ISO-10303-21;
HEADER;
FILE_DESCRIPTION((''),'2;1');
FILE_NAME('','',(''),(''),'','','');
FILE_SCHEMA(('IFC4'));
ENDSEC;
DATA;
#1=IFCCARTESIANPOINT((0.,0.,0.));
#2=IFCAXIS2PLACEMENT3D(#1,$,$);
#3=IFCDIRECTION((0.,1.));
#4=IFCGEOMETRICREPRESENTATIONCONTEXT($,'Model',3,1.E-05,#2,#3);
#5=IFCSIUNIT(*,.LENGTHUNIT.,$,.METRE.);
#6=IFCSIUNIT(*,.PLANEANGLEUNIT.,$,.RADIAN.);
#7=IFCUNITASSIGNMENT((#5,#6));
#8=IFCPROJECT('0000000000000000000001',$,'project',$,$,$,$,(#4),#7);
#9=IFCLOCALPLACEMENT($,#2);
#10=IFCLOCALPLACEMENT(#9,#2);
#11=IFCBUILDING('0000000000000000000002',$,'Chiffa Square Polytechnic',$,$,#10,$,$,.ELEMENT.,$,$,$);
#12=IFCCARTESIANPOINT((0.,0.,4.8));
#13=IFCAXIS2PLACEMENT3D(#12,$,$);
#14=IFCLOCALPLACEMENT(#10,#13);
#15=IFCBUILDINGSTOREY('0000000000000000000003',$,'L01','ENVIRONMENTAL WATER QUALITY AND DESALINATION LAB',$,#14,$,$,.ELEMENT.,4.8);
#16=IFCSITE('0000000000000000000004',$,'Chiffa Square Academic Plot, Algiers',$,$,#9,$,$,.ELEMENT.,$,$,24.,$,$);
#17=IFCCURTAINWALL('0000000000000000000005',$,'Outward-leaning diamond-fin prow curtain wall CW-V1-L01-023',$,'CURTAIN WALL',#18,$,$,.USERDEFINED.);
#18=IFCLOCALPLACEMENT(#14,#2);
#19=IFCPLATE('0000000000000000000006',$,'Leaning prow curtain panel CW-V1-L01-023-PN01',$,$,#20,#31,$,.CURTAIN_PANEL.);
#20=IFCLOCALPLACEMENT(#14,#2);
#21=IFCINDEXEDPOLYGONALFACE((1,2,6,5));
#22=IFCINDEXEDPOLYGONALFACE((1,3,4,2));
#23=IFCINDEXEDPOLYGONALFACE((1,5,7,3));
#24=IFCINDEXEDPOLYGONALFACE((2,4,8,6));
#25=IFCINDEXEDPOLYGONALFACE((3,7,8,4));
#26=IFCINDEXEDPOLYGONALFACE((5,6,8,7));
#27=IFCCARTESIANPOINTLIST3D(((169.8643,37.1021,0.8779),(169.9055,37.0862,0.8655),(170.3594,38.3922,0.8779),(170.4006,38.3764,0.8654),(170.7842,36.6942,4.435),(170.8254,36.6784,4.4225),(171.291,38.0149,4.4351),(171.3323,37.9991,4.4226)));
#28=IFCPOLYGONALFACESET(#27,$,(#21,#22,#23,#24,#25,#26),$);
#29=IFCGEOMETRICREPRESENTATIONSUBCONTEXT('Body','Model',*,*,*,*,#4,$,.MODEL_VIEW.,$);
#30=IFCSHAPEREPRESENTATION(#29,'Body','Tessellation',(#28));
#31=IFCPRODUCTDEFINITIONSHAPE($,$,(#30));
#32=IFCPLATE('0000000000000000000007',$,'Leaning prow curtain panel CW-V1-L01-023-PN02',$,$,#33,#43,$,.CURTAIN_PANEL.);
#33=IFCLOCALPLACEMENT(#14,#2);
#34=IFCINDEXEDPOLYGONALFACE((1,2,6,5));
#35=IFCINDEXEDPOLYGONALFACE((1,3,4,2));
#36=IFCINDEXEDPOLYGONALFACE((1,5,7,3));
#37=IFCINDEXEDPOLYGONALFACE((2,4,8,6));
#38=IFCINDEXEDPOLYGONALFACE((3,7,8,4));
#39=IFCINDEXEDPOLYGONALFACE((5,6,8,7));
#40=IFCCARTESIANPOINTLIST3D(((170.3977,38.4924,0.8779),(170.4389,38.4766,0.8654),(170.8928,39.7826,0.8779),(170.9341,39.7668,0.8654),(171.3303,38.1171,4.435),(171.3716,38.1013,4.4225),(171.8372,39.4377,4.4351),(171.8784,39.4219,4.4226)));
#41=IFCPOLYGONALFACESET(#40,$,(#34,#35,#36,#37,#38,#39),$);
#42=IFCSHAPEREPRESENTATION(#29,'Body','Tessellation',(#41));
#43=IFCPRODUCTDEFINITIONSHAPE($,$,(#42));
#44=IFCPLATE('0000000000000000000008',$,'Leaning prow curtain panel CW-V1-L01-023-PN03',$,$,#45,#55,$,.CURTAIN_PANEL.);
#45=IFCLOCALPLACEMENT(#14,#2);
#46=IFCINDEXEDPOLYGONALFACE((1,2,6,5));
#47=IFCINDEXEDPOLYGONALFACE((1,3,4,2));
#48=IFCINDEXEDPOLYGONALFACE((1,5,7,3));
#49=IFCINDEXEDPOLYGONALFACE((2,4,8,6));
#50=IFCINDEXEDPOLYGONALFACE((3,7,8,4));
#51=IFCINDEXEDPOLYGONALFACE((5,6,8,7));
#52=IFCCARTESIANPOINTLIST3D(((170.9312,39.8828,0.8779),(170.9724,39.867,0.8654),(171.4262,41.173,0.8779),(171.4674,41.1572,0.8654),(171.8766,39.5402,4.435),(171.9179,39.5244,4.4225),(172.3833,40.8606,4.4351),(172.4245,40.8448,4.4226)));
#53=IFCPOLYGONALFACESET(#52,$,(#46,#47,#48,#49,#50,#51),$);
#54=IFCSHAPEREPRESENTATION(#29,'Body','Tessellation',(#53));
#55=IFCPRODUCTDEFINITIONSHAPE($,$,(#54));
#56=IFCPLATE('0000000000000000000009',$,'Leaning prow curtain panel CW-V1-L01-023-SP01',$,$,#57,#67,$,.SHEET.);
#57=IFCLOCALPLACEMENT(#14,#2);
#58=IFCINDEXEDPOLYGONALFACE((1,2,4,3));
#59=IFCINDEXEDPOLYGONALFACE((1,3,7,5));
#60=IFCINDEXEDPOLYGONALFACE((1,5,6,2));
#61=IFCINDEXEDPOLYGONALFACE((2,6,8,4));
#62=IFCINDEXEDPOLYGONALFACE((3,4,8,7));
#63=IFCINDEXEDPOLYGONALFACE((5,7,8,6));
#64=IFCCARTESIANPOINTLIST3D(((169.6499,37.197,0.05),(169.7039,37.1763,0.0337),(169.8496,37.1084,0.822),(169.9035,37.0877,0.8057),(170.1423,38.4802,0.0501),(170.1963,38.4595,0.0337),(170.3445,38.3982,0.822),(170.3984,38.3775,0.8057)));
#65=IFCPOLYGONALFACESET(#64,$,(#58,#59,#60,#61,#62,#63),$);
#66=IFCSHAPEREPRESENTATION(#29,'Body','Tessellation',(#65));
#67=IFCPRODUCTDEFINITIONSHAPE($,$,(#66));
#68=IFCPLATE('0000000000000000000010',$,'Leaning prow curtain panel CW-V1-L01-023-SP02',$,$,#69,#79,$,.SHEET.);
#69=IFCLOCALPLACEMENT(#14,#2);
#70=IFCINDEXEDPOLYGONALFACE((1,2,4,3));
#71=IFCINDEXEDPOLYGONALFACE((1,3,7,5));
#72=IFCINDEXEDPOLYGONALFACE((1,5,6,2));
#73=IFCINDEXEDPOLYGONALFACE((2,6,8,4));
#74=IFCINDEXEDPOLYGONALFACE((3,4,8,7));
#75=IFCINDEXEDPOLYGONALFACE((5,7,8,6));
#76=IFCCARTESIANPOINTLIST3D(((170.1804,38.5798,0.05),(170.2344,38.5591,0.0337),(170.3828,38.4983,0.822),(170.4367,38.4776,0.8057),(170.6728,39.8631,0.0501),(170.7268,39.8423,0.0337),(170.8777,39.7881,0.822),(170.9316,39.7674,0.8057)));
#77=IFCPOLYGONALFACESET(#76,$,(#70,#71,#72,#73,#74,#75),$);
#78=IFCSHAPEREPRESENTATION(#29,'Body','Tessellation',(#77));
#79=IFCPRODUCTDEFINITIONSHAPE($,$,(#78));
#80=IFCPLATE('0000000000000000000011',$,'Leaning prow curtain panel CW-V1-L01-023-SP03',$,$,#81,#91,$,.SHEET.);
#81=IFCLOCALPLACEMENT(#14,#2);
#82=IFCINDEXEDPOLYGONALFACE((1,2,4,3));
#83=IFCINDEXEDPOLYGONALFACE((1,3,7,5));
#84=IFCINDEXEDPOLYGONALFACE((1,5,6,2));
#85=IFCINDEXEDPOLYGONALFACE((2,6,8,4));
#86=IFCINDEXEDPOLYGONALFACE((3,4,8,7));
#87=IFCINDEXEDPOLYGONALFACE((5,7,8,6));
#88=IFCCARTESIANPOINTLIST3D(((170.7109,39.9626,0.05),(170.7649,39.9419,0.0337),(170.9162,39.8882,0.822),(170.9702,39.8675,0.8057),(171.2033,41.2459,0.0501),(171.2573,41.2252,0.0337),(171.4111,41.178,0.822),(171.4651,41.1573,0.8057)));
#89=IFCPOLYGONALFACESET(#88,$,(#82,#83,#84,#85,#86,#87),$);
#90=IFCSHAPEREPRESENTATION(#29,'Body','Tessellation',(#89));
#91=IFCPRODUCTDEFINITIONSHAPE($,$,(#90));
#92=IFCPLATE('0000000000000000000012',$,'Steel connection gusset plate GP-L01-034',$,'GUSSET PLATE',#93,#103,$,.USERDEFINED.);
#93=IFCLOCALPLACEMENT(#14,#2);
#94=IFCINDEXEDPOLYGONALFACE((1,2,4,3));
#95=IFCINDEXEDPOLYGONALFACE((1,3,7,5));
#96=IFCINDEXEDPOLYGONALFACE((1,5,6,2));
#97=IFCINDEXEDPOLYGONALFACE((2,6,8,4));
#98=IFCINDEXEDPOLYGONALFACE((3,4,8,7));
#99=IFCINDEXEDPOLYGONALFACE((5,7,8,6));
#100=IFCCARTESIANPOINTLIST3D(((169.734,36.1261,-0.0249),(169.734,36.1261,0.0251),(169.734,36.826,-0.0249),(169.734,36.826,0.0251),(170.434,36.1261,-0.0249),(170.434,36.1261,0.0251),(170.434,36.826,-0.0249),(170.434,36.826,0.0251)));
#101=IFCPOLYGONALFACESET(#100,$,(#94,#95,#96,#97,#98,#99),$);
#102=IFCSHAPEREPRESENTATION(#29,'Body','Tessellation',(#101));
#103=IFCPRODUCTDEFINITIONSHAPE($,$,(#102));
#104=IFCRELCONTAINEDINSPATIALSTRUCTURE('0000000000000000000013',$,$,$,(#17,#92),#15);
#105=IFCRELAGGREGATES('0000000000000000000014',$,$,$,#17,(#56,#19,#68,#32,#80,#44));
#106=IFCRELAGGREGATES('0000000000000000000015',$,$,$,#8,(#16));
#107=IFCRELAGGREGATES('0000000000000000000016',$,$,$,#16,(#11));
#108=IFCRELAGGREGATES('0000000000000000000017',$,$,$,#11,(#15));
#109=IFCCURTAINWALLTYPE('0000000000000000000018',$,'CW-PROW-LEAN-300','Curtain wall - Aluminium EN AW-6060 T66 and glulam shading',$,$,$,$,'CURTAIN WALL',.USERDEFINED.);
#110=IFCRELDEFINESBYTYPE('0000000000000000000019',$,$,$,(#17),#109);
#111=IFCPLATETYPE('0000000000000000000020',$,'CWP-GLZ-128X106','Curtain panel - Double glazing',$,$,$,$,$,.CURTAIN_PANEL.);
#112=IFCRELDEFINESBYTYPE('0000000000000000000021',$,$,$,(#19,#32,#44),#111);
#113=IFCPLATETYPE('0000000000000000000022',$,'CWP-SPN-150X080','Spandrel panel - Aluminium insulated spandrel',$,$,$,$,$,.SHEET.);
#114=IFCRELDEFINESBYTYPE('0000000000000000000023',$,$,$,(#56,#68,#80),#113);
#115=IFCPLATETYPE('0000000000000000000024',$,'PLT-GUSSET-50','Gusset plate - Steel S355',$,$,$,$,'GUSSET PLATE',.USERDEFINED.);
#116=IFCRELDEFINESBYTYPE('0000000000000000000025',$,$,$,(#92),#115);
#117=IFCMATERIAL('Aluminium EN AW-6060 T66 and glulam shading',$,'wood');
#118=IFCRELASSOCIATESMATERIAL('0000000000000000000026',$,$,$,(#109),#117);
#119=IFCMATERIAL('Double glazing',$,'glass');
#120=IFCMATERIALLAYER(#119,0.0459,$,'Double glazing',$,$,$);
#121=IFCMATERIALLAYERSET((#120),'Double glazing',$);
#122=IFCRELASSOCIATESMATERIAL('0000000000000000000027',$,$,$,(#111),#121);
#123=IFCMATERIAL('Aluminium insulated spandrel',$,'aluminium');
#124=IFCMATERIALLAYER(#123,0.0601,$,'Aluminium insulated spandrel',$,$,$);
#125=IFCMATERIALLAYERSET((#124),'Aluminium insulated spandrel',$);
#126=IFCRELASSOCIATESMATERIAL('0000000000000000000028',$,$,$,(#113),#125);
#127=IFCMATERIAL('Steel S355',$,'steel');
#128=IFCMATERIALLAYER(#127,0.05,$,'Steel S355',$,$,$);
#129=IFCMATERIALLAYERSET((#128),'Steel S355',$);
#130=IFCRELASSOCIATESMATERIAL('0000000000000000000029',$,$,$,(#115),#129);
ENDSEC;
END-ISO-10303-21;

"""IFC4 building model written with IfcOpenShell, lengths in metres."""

from ifc_helpers import new_model, si_unit, direction, frame, origin, origin_2d, place, context, subcontext, project, spatial, polyline, rectangle, outline, extrude, material, layer, layer_set, type_object, element, aggregate, save


model = new_model("IFC4")

# Units and contexts
model_context = context("Model", 3, precision=1e-05, world=origin(), true_north=direction((0.0, 1.0)))
body_context = subcontext(model_context, "Body", "Model", "MODEL_VIEW")
ifc_project = project(units=[si_unit("LENGTHUNIT", "METRE"), si_unit("PLANEANGLEUNIT", "RADIAN")], contexts=[model_context])

# Site, building, storey
site_placement = place(None, origin())
site = spatial("IfcSite", under=ifc_project, at=site_placement, Name="Chiffa Square Academic Plot, Algiers", CompositionType="ELEMENT", RefElevation=24.0)
building_placement = place(site_placement, origin())
building = spatial("IfcBuilding", under=site, at=building_placement, Name="Chiffa Square Polytechnic", CompositionType="ELEMENT")
storey_placement = place(building_placement, frame((0.0, 0.0, 4.8)))
storey = spatial("IfcBuildingStorey", under=building, at=storey_placement, Name="L01", Description="ENVIRONMENTAL WATER QUALITY AND DESALINATION LAB", CompositionType="ELEMENT", Elevation=4.8)

# Shared definitions
ifc_material_1 = material(Name="Steel S355", Category="steel")

# Curtain wall
ifc_material_2 = material(Name="Aluminium EN AW-6060 T66 and glulam shading", Category="wood")
curtain_wall_type_1 = type_object("IfcCurtainWallType", Name="CW-PROW-LEAN-300", Description="Curtain wall - Aluminium EN AW-6060 T66 and glulam shading", ElementType="CURTAIN WALL", PredefinedType="USERDEFINED", material=ifc_material_2)
curtain_wall_1_placement = place(storey_placement, origin())
curtain_wall_1 = element("IfcCurtainWall", 1, at=curtain_wall_1_placement, inside=storey, type_object=curtain_wall_type_1, Name="Outward-leaning diamond-fin prow curtain wall CW-V1-L01-023", ObjectType="CURTAIN WALL", PredefinedType="USERDEFINED")

# Plates
ifc_material_3 = material(Name="Double glazing", Category="glass")
ifc_layer_1 = layer(ifc_material_3, 0.0459, Name="Double glazing")
ifc_layer_set_1 = layer_set([ifc_layer_1], Name="Double glazing")
plate_type_1 = type_object("IfcPlateType", Name="CWP-GLZ-128X106", Description="Curtain panel - Double glazing", PredefinedType="CURTAIN_PANEL", material=ifc_layer_set_1)
plate_1_placement = place(storey_placement, frame((169.8643, 37.1021, 0.8779), z_axis=(-0.898442, 0.344792, 0.271882), x_axis=(0.358275, 0.933616, -0.000052)))
plate_1 = element("IfcPlate", 2, at=plate_1_placement, type_object=plate_type_1, Name="Leaning prow curtain panel CW-V1-L01-023-PN01", PredefinedType="CURTAIN_PANEL", context=body_context, shape_type="SweptSolid", body=[
    extrude(outline(polyline([(0.0, 0.0), (1.3819, 0.0), (1.3632, -3.6964), (-0.0513, -3.6963), (0.0, 0.0)])), origin(), (0.0, 0.0, -1.0), 0.0459),
])
plate_2_placement = place(storey_placement, frame((170.3977, 38.4924, 0.8779), z_axis=(-0.898428, 0.344787, 0.271937), x_axis=(0.358275, 0.933616, -0.000052)))
plate_2 = element("IfcPlate", 3, at=plate_2_placement, type_object=plate_type_1, Name="Leaning prow curtain panel CW-V1-L01-023-PN02", PredefinedType="CURTAIN_PANEL", context=body_context, shape_type="SweptSolid", body=[
    extrude(outline(polyline([(0.0, 0.0), (1.3819, 0.0), (1.3981, -3.6965), (-0.0165, -3.6964), (0.0, 0.0)])), origin(), (0.0, 0.0, -1.0), 0.0459),
])
plate_3_placement = place(storey_placement, frame((170.9312, 39.8828, 0.8779), z_axis=(-0.898426, 0.344734, 0.272009), x_axis=(0.358231, 0.933633, -0.000039)))
plate_3 = element("IfcPlate", 4, at=plate_3_placement, type_object=plate_type_1, Name="Leaning prow curtain panel CW-V1-L01-023-PN03", PredefinedType="CURTAIN_PANEL", context=body_context, shape_type="SweptSolid", body=[
    extrude(outline(polyline([(0.0, 0.0), (1.3819, 0.0), (1.433, -3.6966), (0.0187, -3.6965), (0.0, 0.0)])), origin(), (0.0, 0.0, -1.0), 0.0459),
])
ifc_material_4 = material(Name="Aluminium insulated spandrel", Category="aluminium")
ifc_layer_2 = layer(ifc_material_4, 0.0601, Name="Aluminium insulated spandrel")
ifc_layer_set_2 = layer_set([ifc_layer_2], Name="Aluminium insulated spandrel")
plate_type_2 = type_object("IfcPlateType", Name="CWP-SPN-150X080", Description="Spandrel panel - Aluminium insulated spandrel", PredefinedType="SHEET", material=ifc_layer_set_2)
plate_4_placement = place(storey_placement, frame((169.6499, 37.197, 0.05), z_axis=(-0.898439, 0.344747, 0.27195), x_axis=(0.358251, 0.933625, 0.000008)))
plate_4 = element("IfcPlate", 5, at=plate_4_placement, type_object=plate_type_2, Name="Leaning prow curtain panel CW-V1-L01-023-SP01", PredefinedType="SHEET", context=body_context, shape_type="SweptSolid", body=[
    extrude(outline(polyline([(0.0, 0.0), (1.3744, 0.0), (1.3703, -0.8022), (-0.0112, -0.8022), (0.0, 0.0)])), origin(), (0.0, 0.0, -1.0), 0.0601),
])
plate_5_placement = place(storey_placement, frame((170.1804, 38.5798, 0.05), z_axis=(-0.898448, 0.34475, 0.271916), x_axis=(0.358251, 0.933625, 0.000008)))
plate_5 = element("IfcPlate", 6, at=plate_5_placement, type_object=plate_type_2, Name="Leaning prow curtain panel CW-V1-L01-023-SP02", PredefinedType="SHEET", context=body_context, shape_type="SweptSolid", body=[
    extrude(outline(polyline([(0.0, 0.0), (1.3744, 0.0), (1.3779, -0.8022), (-0.0036, -0.8022), (0.0, 0.0)])), origin(), (0.0, 0.0, -1.0), 0.0601),
])
plate_6_placement = place(storey_placement, frame((170.7109, 39.9626, 0.05), z_axis=(-0.898387, 0.344727, 0.272145), x_axis=(0.358251, 0.933625, 0.000008)))
plate_6 = element("IfcPlate", 7, at=plate_6_placement, type_object=plate_type_2, Name="Leaning prow curtain panel CW-V1-L01-023-SP03", PredefinedType="SHEET", context=body_context, shape_type="SweptSolid", body=[
    extrude(outline(polyline([(0.0, 0.0), (1.3744, 0.0), (1.3855, -0.8022), (0.004, -0.8023), (0.0, 0.0)])), origin(), (0.0, 0.0, -1.0), 0.0601),
])
aggregate(curtain_wall_1, [plate_4, plate_1, plate_5, plate_2, plate_6, plate_3])
ifc_layer_3 = layer(ifc_material_1, 0.05, Name="Steel S355")
ifc_layer_set_3 = layer_set([ifc_layer_3], Name="Steel S355")
plate_type_3 = type_object("IfcPlateType", Name="PLT-GUSSET-50", Description="Gusset plate - Steel S355", ElementType="GUSSET PLATE", PredefinedType="USERDEFINED", material=ifc_layer_set_3)
plate_7_placement = place(storey_placement, frame((170.084, 36.4761, -0.0249), z_axis=(0.0, 0.0, 1.0), x_axis=(1.0, 0.0, 0.0)))
element("IfcPlate", 8, at=plate_7_placement, inside=storey, type_object=plate_type_3, Name="Steel connection gusset plate GP-L01-034", ObjectType="GUSSET PLATE", PredefinedType="USERDEFINED", context=body_context, shape_type="SweptSolid", body=[
    extrude(rectangle(XDim=0.7, YDim=0.7, at=origin_2d()), origin(), (0.0, 0.0, 1.0), 0.05),
])

save(model, "model.ifc")
